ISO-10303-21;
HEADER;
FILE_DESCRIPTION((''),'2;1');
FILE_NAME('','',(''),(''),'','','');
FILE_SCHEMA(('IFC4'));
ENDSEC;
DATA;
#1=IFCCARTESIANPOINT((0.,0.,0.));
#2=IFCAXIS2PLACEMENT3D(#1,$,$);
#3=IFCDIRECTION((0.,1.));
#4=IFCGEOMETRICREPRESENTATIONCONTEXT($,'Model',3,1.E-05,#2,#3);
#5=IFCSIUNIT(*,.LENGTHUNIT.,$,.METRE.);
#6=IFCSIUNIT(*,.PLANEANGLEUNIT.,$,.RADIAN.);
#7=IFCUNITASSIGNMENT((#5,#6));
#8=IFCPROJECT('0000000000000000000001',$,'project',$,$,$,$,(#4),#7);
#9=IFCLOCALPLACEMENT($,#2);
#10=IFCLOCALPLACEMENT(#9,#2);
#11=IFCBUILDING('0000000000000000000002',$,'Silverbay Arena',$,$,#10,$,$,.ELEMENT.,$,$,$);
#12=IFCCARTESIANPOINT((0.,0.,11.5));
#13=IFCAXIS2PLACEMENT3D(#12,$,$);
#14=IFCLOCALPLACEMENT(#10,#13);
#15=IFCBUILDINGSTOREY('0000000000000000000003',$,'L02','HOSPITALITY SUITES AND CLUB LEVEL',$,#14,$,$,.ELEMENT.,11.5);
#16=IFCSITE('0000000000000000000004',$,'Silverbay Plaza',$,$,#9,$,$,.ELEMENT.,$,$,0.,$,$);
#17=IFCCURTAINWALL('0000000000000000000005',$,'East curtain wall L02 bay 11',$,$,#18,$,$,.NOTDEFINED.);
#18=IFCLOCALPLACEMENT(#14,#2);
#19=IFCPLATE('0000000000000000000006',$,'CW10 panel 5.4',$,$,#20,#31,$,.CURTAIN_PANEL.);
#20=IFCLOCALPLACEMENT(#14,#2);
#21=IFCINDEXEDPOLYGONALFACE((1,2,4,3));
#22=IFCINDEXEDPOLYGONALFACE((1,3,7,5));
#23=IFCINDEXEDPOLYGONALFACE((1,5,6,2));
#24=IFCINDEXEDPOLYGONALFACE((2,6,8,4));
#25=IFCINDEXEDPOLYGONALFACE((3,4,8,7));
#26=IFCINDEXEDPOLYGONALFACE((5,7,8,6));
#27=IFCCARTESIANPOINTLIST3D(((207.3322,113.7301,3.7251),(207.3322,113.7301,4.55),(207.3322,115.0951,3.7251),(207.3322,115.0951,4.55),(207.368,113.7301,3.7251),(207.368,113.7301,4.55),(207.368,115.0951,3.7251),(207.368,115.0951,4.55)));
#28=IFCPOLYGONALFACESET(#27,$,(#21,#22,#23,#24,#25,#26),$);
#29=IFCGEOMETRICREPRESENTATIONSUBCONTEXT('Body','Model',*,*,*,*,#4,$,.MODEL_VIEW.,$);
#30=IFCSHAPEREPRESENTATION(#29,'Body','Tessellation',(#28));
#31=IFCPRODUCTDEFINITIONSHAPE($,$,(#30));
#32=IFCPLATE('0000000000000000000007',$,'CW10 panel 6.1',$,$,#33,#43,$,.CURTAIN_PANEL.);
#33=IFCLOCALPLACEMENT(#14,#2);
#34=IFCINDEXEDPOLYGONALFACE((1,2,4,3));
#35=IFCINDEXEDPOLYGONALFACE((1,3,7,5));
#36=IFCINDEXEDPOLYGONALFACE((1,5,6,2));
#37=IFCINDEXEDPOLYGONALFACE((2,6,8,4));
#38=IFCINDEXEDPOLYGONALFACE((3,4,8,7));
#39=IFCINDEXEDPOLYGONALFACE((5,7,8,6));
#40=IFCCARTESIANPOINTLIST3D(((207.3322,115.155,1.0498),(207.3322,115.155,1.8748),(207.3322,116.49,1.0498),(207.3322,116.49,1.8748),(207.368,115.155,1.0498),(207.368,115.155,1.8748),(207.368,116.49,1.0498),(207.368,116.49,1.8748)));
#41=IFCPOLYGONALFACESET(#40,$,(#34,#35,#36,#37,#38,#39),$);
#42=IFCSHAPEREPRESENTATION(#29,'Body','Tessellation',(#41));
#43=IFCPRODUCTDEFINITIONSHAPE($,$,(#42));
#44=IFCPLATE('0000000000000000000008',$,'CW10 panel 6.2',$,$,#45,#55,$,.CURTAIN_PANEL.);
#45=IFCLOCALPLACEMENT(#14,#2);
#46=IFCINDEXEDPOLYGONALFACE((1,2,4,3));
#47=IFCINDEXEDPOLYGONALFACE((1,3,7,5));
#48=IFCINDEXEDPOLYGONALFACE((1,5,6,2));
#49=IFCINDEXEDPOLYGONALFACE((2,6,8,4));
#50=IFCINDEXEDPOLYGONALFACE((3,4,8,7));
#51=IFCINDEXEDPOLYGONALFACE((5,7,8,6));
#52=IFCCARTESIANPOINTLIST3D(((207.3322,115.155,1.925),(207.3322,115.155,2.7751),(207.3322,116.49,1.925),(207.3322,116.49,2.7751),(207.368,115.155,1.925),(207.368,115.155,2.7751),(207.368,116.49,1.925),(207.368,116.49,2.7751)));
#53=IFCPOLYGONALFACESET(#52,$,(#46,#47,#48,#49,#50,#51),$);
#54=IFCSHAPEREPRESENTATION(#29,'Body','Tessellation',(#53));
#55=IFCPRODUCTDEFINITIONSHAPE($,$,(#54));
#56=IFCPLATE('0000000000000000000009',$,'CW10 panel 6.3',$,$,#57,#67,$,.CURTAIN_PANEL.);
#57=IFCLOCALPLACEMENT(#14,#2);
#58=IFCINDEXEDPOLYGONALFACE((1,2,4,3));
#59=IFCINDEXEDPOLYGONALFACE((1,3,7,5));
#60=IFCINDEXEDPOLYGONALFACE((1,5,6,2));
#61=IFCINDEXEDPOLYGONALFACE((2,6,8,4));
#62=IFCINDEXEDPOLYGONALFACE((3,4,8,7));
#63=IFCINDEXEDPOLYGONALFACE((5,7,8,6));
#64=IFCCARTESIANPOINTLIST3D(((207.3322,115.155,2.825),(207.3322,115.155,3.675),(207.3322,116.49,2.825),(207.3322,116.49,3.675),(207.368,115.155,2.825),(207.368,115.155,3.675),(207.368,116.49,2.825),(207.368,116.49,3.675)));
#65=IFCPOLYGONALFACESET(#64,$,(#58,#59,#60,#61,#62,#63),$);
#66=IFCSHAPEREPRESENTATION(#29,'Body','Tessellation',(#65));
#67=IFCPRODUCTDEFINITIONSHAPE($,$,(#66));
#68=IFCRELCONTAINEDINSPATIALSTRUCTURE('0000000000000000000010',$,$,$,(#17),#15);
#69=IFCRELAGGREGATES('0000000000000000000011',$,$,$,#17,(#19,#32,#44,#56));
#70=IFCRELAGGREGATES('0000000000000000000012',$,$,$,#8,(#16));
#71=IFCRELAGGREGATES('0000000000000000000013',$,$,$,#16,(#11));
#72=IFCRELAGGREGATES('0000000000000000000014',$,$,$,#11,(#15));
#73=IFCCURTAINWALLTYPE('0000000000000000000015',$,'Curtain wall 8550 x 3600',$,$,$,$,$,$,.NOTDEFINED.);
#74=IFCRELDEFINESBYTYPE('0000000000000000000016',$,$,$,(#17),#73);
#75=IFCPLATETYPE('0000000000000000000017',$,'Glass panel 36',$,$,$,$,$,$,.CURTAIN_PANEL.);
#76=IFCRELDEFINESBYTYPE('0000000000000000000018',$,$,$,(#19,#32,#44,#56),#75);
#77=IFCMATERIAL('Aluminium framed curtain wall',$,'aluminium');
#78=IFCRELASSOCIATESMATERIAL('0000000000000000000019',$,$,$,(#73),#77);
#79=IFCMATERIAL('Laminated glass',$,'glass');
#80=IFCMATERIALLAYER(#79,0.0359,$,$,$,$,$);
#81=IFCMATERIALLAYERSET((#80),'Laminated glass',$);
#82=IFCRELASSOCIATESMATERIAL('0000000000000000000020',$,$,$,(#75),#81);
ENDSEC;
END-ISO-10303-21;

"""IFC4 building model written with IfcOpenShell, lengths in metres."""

from ifc_helpers import new_model, si_unit, direction, frame, origin, origin_2d, place, context, subcontext, project, spatial, rectangle, extrude, material, layer, layer_set, type_object, element, aggregate, save


model = new_model("IFC4")

# Units and contexts
model_context = context("Model", 3, precision=1e-05, world=origin(), true_north=direction((0.0, 1.0)))
body_context = subcontext(model_context, "Body", "Model", "MODEL_VIEW")
ifc_project = project(units=[si_unit("LENGTHUNIT", "METRE"), si_unit("PLANEANGLEUNIT", "RADIAN")], contexts=[model_context])

# Site, building, storey
site_placement = place(None, origin())
site = spatial("IfcSite", under=ifc_project, at=site_placement, Name="Silverbay Plaza", CompositionType="ELEMENT", RefElevation=0.0)
building_placement = place(site_placement, origin())
building = spatial("IfcBuilding", under=site, at=building_placement, Name="Silverbay Arena", CompositionType="ELEMENT")
storey_placement = place(building_placement, frame((0.0, 0.0, 11.5)))
storey = spatial("IfcBuildingStorey", under=building, at=storey_placement, Name="L02", Description="HOSPITALITY SUITES AND CLUB LEVEL", CompositionType="ELEMENT", Elevation=11.5)

# Curtain wall, plates
ifc_material_1 = material(Name="Aluminium framed curtain wall", Category="aluminium")
curtain_wall_type = type_object("IfcCurtainWallType", Name="Curtain wall 8550 x 3600", PredefinedType="NOTDEFINED", material=ifc_material_1)
curtain_wall_placement = place(storey_placement, origin())
curtain_wall = element("IfcCurtainWall", 1, at=curtain_wall_placement, inside=storey, type_object=curtain_wall_type, Name="East curtain wall L02 bay 11", PredefinedType="NOTDEFINED")
ifc_material_2 = material(Name="Laminated glass", Category="glass")
ifc_layer = layer(ifc_material_2, 0.0359)
ifc_layer_set = layer_set([ifc_layer], Name="Laminated glass")
plate_type = type_object("IfcPlateType", Name="Glass panel 36", PredefinedType="CURTAIN_PANEL", material=ifc_layer_set)
plate_1_placement = place(storey_placement, frame((207.3501, 114.4126, 3.7251), z_axis=(0.0, 0.0, 1.0), x_axis=(0.0, 1.0, 0.0)))
plate_1 = element("IfcPlate", 2, at=plate_1_placement, type_object=plate_type, Name="CW10 panel 5.4", PredefinedType="CURTAIN_PANEL", context=body_context, shape_type="SweptSolid", body=[
    extrude(rectangle(XDim=1.365, YDim=0.0359, at=origin_2d()), origin(), (0.0, 0.0, 1.0), 0.825),
])
plate_2_placement = place(storey_placement, frame((207.3501, 115.8225, 1.0498), z_axis=(0.0, 0.0, 1.0), x_axis=(0.0, 1.0, 0.0)))
plate_2 = element("IfcPlate", 3, at=plate_2_placement, type_object=plate_type, Name="CW10 panel 6.1", PredefinedType="CURTAIN_PANEL", context=body_context, shape_type="SweptSolid", body=[
    extrude(rectangle(XDim=1.335, YDim=0.0359, at=origin_2d()), origin(), (0.0, 0.0, 1.0), 0.825),
])
plate_3_placement = place(storey_placement, frame((207.3501, 115.8225, 1.925), z_axis=(0.0, 0.0, 1.0), x_axis=(0.0, 1.0, 0.0)))
plate_3 = element("IfcPlate", 4, at=plate_3_placement, type_object=plate_type, Name="CW10 panel 6.2", PredefinedType="CURTAIN_PANEL", context=body_context, shape_type="SweptSolid", body=[
    extrude(rectangle(XDim=1.335, YDim=0.0359, at=origin_2d()), origin(), (0.0, 0.0, 1.0), 0.8501),
])
plate_4_placement = place(storey_placement, frame((207.3501, 115.8225, 2.825), z_axis=(0.0, 0.0, 1.0), x_axis=(0.0, 1.0, 0.0)))
plate_4 = element("IfcPlate", 5, at=plate_4_placement, type_object=plate_type, Name="CW10 panel 6.3", PredefinedType="CURTAIN_PANEL", context=body_context, shape_type="SweptSolid", body=[
    extrude(rectangle(XDim=1.335, YDim=0.0359, at=origin_2d()), origin(), (0.0, 0.0, 1.0), 0.8501),
])
aggregate(curtain_wall, [plate_1, plate_2, plate_3, plate_4])

save(model, "model.ifc")
